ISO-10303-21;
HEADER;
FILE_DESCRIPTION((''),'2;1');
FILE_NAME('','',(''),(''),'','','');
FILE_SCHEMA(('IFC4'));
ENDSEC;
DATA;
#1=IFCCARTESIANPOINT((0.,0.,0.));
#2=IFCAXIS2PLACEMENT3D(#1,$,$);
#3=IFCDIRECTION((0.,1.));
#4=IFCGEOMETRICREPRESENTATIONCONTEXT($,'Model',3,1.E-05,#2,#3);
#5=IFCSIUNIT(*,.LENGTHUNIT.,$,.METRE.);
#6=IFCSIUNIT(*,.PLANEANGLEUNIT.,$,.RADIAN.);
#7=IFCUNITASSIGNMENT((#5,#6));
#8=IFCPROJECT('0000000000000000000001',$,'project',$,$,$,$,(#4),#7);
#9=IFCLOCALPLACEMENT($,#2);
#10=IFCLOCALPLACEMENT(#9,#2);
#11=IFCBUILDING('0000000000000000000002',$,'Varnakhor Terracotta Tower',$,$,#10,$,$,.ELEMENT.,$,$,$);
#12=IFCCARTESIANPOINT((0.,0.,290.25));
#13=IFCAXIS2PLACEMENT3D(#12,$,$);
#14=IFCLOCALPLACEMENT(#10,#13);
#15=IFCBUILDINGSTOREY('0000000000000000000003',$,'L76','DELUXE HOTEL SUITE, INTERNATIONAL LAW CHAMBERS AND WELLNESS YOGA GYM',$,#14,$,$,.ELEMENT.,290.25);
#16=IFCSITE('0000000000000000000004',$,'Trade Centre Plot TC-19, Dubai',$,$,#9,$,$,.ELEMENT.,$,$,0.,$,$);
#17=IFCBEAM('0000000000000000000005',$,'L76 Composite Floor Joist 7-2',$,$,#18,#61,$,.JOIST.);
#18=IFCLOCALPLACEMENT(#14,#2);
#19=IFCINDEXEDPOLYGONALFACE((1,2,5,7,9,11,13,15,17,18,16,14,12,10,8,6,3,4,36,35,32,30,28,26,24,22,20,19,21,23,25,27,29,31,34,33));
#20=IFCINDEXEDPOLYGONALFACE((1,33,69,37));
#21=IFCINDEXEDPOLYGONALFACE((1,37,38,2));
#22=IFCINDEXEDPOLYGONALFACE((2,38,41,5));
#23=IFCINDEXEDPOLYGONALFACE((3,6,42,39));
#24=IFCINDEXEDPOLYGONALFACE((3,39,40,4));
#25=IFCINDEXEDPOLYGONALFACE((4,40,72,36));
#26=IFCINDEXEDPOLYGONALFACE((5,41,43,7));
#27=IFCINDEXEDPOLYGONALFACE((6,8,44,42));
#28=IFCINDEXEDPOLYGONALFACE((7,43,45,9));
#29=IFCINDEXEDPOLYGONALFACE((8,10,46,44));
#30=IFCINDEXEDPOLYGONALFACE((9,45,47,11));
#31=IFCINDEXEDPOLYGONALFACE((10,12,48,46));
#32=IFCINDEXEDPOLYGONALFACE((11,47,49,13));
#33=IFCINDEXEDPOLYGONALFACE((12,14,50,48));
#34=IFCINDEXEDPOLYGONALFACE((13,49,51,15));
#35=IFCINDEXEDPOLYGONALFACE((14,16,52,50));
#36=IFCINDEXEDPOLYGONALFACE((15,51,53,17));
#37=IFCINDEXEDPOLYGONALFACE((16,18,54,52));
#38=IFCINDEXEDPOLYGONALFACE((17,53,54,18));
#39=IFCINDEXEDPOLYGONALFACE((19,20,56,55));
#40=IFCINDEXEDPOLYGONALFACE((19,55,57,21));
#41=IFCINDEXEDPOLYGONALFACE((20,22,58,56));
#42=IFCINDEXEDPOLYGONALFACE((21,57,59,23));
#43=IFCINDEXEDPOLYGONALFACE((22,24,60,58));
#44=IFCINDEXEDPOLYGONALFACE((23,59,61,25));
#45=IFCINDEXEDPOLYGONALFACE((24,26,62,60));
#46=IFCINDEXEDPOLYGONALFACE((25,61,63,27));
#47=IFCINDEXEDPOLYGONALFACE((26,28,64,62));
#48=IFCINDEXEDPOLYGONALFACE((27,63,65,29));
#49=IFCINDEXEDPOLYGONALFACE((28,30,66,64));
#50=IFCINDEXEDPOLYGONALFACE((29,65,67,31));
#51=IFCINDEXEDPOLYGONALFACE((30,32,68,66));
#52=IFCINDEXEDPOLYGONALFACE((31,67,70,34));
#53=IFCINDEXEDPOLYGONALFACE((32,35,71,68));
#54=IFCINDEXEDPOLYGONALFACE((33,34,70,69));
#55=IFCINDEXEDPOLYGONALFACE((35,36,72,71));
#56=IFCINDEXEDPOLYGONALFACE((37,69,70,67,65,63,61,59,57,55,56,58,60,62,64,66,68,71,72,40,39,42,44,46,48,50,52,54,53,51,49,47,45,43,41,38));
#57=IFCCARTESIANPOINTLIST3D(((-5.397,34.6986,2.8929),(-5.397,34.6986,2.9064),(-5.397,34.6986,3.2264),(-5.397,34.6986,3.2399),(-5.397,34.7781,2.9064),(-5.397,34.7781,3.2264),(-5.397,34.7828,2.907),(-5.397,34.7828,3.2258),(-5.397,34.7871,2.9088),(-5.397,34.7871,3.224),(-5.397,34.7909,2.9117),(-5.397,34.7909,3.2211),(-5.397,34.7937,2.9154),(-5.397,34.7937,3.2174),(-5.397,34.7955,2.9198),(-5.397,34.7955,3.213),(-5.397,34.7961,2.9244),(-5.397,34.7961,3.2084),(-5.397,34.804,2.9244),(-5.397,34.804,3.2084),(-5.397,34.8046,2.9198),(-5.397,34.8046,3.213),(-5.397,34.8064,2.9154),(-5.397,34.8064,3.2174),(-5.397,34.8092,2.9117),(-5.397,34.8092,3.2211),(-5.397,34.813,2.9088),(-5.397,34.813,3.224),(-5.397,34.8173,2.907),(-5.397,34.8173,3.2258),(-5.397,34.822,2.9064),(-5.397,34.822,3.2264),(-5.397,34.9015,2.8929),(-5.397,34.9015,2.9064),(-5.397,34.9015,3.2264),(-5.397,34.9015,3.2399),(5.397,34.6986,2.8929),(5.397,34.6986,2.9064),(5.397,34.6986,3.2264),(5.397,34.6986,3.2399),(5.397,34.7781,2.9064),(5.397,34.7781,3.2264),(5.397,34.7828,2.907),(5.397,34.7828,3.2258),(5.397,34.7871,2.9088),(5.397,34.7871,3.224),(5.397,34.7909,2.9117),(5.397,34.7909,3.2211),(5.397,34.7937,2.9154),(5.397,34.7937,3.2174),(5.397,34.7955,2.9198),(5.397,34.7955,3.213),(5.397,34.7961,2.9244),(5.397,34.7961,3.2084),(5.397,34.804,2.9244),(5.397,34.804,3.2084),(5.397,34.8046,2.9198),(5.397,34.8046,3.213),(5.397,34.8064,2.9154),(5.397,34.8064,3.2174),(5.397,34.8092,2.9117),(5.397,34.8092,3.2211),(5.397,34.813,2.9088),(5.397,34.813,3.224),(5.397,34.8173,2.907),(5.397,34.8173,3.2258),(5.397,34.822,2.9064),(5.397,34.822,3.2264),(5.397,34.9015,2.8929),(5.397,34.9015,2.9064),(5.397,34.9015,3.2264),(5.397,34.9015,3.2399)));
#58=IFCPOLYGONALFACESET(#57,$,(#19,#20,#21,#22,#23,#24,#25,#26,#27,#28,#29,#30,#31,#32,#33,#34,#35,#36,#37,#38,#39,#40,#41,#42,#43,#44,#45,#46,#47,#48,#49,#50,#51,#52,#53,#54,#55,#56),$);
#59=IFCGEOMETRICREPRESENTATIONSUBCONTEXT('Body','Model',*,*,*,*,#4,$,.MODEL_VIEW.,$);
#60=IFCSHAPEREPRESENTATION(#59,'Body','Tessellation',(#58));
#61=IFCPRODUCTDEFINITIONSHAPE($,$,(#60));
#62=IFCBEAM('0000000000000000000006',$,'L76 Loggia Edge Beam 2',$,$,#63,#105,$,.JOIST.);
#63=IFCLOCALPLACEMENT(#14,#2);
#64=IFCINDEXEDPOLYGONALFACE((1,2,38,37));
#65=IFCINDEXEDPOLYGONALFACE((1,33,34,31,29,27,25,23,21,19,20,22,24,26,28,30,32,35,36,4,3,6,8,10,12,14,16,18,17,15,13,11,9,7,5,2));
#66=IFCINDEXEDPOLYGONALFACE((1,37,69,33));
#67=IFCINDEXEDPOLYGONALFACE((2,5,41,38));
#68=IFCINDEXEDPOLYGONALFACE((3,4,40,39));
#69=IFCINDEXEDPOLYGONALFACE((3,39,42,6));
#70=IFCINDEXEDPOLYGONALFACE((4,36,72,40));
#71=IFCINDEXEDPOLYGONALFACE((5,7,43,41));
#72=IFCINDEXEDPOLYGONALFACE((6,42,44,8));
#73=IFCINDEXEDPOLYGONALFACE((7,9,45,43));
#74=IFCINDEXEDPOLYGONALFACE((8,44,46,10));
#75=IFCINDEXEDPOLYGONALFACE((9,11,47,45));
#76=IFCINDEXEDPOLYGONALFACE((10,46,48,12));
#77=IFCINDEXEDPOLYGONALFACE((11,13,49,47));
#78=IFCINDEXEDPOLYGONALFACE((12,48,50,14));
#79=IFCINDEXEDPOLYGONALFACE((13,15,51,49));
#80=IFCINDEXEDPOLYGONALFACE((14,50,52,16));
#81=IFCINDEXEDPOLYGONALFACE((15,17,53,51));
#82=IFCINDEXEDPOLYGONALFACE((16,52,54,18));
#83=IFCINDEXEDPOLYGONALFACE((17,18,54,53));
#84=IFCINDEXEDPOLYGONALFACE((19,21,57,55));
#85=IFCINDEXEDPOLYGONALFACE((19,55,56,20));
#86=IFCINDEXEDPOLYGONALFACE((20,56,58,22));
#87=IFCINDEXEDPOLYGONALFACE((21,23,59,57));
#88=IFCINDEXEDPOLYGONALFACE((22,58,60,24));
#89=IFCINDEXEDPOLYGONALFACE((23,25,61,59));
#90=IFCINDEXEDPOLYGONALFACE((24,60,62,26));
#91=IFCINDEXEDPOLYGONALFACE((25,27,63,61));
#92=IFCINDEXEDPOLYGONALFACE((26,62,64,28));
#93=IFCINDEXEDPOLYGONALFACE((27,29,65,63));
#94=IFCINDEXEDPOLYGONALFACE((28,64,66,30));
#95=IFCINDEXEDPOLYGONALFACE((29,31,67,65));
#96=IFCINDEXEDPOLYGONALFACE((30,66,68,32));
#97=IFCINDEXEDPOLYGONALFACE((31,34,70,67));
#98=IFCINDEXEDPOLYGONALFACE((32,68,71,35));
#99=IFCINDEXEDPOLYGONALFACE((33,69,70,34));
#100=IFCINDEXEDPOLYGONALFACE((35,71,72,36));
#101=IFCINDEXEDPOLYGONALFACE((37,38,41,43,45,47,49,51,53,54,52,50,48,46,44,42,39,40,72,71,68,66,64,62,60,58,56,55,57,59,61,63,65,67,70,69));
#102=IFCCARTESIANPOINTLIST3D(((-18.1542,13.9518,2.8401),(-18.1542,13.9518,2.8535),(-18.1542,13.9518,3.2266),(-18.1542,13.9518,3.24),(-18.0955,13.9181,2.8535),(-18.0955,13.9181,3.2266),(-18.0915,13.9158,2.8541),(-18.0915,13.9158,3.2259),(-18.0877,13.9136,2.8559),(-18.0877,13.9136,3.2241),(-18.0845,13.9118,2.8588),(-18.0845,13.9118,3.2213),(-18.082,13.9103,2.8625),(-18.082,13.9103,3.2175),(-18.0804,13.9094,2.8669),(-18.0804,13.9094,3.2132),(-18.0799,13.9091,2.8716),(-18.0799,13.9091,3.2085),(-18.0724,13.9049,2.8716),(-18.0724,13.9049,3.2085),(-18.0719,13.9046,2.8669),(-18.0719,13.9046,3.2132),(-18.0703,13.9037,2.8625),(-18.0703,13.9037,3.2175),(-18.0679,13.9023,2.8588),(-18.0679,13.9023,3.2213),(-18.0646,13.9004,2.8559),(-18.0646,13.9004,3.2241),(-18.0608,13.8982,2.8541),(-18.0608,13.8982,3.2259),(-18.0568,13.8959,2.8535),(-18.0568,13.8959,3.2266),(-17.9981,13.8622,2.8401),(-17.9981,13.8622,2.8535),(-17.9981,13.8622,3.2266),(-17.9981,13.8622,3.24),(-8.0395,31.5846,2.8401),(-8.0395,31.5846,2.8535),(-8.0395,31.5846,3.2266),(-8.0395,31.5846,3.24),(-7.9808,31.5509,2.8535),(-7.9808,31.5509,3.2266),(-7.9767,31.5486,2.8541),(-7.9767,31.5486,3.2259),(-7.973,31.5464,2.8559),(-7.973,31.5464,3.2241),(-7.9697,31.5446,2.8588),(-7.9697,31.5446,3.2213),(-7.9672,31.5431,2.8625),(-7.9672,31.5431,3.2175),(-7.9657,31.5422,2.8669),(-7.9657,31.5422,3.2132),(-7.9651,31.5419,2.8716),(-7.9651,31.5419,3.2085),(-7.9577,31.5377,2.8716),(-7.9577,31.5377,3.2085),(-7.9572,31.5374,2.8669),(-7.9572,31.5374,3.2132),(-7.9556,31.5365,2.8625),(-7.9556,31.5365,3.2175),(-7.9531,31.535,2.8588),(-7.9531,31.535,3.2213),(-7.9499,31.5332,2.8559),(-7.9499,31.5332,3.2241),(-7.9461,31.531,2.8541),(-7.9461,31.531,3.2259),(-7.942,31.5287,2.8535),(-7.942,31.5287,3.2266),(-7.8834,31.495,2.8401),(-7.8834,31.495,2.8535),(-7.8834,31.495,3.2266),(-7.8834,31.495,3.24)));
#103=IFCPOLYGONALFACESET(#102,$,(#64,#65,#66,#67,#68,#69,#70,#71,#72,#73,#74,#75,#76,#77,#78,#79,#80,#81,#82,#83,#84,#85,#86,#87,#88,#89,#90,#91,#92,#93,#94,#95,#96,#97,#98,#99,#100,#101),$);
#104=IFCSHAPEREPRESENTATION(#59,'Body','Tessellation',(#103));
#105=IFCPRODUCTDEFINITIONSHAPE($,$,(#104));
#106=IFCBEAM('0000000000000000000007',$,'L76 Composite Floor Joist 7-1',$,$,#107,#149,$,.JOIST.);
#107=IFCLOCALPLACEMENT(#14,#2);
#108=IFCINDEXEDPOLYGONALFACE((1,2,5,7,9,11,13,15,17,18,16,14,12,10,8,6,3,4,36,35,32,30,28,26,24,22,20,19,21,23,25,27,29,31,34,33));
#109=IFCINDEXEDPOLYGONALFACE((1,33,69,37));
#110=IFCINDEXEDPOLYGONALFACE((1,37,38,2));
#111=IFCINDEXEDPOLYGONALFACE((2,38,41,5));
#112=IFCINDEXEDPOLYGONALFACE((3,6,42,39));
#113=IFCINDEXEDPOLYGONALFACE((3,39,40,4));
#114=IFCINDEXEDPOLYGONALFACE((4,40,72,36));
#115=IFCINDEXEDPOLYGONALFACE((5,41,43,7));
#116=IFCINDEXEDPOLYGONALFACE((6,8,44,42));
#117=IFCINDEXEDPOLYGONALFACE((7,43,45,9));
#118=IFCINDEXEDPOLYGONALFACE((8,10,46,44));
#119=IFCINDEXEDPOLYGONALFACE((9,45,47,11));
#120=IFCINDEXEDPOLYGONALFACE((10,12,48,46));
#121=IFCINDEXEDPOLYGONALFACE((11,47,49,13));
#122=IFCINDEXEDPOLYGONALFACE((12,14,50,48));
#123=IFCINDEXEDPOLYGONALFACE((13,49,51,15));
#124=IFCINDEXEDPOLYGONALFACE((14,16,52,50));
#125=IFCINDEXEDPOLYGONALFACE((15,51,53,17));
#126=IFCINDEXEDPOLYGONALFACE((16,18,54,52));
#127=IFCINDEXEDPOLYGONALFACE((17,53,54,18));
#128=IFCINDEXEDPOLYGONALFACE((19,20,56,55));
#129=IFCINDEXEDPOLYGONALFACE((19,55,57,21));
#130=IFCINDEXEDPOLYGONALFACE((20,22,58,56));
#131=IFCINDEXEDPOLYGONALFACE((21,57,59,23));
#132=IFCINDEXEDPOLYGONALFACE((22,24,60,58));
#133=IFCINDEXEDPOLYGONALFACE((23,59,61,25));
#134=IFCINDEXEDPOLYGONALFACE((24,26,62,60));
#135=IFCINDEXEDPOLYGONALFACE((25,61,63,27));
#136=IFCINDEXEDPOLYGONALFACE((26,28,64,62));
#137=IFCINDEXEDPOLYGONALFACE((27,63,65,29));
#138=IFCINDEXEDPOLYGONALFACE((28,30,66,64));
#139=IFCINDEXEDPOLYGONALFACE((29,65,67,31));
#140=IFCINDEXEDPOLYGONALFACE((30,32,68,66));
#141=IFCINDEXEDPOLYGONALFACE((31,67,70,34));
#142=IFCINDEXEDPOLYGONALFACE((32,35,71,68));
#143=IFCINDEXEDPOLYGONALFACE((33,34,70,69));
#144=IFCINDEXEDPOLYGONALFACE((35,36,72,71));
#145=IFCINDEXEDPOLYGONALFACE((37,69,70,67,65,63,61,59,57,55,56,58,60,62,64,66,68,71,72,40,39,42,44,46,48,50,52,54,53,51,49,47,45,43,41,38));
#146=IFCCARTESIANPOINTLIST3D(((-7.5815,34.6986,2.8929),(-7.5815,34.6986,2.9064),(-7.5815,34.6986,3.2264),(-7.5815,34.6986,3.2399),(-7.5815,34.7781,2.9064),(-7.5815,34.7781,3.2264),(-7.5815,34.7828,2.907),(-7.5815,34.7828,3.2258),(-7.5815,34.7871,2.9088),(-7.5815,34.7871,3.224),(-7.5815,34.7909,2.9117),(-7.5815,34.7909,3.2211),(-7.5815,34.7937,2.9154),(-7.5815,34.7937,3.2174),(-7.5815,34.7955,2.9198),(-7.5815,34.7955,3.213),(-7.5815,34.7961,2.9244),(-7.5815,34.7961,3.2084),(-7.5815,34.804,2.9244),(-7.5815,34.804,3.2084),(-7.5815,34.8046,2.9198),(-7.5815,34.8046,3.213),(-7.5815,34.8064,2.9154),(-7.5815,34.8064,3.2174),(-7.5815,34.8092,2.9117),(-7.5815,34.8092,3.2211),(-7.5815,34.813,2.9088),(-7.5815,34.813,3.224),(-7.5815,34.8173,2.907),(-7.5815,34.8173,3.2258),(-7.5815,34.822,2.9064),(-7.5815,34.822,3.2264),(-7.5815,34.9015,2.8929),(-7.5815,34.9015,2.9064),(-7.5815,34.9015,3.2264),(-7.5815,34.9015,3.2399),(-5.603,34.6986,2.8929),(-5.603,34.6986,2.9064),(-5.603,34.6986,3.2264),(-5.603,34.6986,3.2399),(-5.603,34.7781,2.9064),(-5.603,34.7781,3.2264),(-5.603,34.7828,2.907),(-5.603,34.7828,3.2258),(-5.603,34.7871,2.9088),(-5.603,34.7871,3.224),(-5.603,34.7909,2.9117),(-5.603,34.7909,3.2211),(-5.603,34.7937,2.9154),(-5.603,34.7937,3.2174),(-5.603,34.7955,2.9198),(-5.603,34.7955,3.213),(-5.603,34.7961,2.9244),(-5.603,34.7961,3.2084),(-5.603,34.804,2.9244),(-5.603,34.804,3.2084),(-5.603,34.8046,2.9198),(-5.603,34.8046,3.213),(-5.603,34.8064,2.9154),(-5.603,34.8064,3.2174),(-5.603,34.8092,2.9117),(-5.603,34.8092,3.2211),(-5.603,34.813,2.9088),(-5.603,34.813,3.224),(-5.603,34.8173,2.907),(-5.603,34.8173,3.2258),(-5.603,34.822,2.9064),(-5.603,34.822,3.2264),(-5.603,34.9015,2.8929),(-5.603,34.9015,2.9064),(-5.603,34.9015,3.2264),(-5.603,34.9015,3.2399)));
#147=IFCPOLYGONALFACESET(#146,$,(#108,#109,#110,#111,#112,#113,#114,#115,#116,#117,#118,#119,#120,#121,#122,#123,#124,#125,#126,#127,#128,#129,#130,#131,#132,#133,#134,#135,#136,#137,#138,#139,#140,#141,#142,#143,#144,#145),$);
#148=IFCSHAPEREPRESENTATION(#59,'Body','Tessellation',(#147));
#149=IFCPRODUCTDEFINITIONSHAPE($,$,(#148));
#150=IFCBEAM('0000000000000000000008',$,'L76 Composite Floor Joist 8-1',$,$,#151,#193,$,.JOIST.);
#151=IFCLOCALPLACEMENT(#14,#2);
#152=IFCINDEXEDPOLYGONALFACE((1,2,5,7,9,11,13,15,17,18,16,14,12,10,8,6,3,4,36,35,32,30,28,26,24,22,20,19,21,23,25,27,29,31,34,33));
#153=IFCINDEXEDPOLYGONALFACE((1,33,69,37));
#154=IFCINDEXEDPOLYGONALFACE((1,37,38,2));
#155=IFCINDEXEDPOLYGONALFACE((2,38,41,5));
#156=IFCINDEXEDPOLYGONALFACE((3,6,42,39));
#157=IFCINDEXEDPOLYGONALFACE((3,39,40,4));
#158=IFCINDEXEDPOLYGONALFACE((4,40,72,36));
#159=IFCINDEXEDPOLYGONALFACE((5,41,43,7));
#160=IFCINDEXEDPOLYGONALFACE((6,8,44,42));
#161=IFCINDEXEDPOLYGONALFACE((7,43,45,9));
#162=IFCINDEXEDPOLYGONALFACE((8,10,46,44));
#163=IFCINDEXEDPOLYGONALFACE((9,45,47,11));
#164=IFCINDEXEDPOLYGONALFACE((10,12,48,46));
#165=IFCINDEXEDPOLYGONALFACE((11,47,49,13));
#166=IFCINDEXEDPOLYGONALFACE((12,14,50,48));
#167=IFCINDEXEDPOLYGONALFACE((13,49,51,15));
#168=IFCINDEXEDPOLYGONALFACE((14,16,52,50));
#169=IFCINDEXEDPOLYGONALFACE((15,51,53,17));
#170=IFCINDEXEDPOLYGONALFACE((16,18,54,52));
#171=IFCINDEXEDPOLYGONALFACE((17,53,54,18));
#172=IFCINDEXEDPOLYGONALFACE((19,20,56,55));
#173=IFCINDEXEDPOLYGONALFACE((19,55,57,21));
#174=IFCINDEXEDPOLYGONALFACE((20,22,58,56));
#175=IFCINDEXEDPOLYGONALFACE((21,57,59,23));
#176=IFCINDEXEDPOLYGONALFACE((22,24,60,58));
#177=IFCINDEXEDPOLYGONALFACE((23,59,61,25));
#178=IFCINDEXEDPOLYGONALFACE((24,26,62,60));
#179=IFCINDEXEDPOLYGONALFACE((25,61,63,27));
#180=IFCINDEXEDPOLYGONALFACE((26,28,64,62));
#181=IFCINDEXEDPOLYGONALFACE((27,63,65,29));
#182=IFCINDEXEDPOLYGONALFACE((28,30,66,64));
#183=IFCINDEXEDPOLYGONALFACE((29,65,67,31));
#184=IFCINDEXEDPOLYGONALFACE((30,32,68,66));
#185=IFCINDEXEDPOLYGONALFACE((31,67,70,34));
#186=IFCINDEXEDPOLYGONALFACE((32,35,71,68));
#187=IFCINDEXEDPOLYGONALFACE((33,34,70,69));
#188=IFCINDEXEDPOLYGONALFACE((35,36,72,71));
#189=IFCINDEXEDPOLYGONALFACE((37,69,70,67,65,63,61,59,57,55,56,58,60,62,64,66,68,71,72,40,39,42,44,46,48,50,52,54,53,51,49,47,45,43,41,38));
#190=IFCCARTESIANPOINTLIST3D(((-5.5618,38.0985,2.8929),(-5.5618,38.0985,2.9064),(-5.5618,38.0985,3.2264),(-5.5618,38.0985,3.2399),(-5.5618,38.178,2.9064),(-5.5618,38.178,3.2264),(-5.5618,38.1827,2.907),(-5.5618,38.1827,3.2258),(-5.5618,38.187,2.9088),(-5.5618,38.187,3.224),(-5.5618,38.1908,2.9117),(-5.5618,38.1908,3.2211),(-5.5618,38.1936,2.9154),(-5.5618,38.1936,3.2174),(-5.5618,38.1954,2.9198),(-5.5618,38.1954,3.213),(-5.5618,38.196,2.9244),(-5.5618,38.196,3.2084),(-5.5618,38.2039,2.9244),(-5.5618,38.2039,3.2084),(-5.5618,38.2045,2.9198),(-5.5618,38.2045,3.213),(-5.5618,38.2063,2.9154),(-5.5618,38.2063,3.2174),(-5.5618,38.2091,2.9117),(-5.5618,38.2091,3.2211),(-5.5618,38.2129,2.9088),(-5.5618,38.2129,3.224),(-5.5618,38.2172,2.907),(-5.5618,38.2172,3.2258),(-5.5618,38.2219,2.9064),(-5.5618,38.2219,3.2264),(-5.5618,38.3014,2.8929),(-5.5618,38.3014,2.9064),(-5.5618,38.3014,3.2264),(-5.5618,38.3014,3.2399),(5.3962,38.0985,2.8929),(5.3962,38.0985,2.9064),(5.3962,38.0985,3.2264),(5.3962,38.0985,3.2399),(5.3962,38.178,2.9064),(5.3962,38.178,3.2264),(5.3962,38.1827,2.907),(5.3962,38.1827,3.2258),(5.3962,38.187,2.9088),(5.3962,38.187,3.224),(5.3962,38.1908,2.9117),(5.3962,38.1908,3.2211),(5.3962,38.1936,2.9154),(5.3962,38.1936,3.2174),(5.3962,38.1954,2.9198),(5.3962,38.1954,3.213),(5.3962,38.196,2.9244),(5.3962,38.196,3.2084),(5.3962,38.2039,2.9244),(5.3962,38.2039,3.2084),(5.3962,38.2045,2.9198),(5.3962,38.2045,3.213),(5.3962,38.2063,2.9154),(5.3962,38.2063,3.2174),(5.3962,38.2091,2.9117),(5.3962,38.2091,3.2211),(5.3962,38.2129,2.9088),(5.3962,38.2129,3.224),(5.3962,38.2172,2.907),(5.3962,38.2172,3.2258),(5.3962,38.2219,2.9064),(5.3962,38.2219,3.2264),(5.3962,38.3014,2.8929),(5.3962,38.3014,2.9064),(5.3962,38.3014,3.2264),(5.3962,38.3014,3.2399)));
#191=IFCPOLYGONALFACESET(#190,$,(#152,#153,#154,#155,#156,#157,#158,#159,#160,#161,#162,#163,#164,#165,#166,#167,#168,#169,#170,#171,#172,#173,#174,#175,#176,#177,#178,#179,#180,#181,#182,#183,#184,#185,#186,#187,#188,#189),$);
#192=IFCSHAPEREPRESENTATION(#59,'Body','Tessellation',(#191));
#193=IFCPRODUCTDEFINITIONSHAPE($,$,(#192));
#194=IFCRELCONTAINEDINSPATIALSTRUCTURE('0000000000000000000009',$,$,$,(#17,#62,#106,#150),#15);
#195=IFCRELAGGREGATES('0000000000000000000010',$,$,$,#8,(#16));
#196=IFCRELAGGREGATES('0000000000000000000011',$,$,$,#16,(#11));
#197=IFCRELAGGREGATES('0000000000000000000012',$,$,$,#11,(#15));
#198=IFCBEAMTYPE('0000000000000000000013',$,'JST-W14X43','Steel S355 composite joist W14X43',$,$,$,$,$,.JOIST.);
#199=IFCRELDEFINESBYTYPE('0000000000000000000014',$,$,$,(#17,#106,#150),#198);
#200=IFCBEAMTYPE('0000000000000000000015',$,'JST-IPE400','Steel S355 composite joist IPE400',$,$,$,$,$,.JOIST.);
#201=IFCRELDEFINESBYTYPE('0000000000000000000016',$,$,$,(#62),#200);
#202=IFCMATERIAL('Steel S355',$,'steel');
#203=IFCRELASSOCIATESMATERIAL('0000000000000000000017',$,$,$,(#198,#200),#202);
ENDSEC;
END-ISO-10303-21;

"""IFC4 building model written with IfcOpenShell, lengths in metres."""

from ifc_helpers import new_model, si_unit, direction, frame, origin, origin_2d, place, context, subcontext, project, spatial, i_section, extrude, source, transform, mapped, material, material_profile, profile_set, type_object, element, save


model = new_model("IFC4")

# Units and contexts
model_context = context("Model", 3, precision=1e-05, world=origin(), true_north=direction((0.0, 1.0)))
body_context = subcontext(model_context, "Body", "Model", "MODEL_VIEW")
ifc_project = project(units=[si_unit("LENGTHUNIT", "METRE"), si_unit("PLANEANGLEUNIT", "RADIAN")], contexts=[model_context])

# Site, building, storey
site_placement = place(None, origin())
site = spatial("IfcSite", under=ifc_project, at=site_placement, Name="Trade Centre Plot TC-19, Dubai", CompositionType="ELEMENT", RefElevation=0.0)
building_placement = place(site_placement, origin())
building = spatial("IfcBuilding", under=site, at=building_placement, Name="Varnakhor Terracotta Tower", CompositionType="ELEMENT")
storey_placement = place(building_placement, frame((0.0, 0.0, 290.25)))
storey = spatial("IfcBuildingStorey", under=building, at=storey_placement, Name="L76", Description="DELUXE HOTEL SUITE, INTERNATIONAL LAW CHAMBERS AND WELLNESS YOGA GYM", CompositionType="ELEMENT", Elevation=290.25)

# Beams
ifc_material_1 = material(Name="Steel S355", Category="steel")
ifc_material_profile_1 = material_profile(ifc_material_1, i_section(OverallWidth=0.2029, OverallDepth=0.3469, WebThickness=0.0078, FlangeThickness=0.0134, FilletRadius=0.0181, at=origin_2d()), Name="W14X43")
ifc_profile_set_1 = profile_set([ifc_material_profile_1], Name="Steel S355")
beam_type_1 = type_object("IfcBeamType", Name="JST-W14X43", Description="Steel S355 composite joist W14X43", PredefinedType="JOIST", material=ifc_profile_set_1)
shared_shape_1 = source(origin(), body_context, "Body", "SweptSolid", [
    extrude(i_section(OverallWidth=0.2029, OverallDepth=0.3469, WebThickness=0.0078, FlangeThickness=0.0134, FilletRadius=0.0181, at=origin_2d()), origin(), (0.0, 0.0, 1.0), 10.7939),
])
beam_1_placement = place(storey_placement, frame((-5.397, 34.8, 3.0664), z_axis=(1.0, 0.0, 0.0), x_axis=(0.0, 1.0, 0.0)))
element("IfcBeam", 1, at=beam_1_placement, inside=storey, type_object=beam_type_1, Name="L76 Composite Floor Joist 7-2", PredefinedType="JOIST", context=body_context, shape_type="MappedRepresentation", body=[
    mapped(shared_shape_1, transform((0.0, 0.0, 0.0), scale=1.0)),
])
ifc_material_profile_2 = material_profile(ifc_material_1, i_section(OverallWidth=0.1799, OverallDepth=0.3999, WebThickness=0.0085, FlangeThickness=0.0134, FilletRadius=0.0181, at=origin_2d()), Name="IPE400")
ifc_profile_set_2 = profile_set([ifc_material_profile_2], Name="Steel S355")
beam_type_2 = type_object("IfcBeamType", Name="JST-IPE400", Description="Steel S355 composite joist IPE400", PredefinedType="JOIST", material=ifc_profile_set_2)
shared_shape_2 = source(origin(), body_context, "Body", "SweptSolid", [
    extrude(i_section(OverallWidth=0.1799, OverallDepth=0.3999, WebThickness=0.0085, FlangeThickness=0.0134, FilletRadius=0.0181, at=origin_2d()), origin(), (0.0, 0.0, 1.0), 20.3279),
])
beam_2_placement = place(storey_placement, frame((-7.9614, 31.5398, 3.04), z_axis=(-0.497579, -0.867419, 0.0), x_axis=(0.867419, -0.497579, 0.0)))
element("IfcBeam", 2, at=beam_2_placement, inside=storey, type_object=beam_type_2, Name="L76 Loggia Edge Beam 2", PredefinedType="JOIST", context=body_context, shape_type="MappedRepresentation", body=[
    mapped(shared_shape_2, transform((0.0, 0.0, 0.0), scale=1.0)),
])
shared_shape_3 = source(origin(), body_context, "Body", "SweptSolid", [
    extrude(i_section(OverallWidth=0.2029, OverallDepth=0.3469, WebThickness=0.0078, FlangeThickness=0.0134, FilletRadius=0.0181, at=origin_2d()), origin(), (0.0, 0.0, 1.0), 1.9785),
])
beam_3_placement = place(storey_placement, frame((-7.5815, 34.8, 3.0664), z_axis=(1.0, 0.0, 0.0), x_axis=(0.0, 1.0, 0.0)))
element("IfcBeam", 3, at=beam_3_placement, inside=storey, type_object=beam_type_1, Name="L76 Composite Floor Joist 7-1", PredefinedType="JOIST", context=body_context, shape_type="MappedRepresentation", body=[
    mapped(shared_shape_3, transform((0.0, 0.0, 0.0), scale=1.0)),
])
shared_shape_4 = source(origin(), body_context, "Body", "SweptSolid", [
    extrude(i_section(OverallWidth=0.2029, OverallDepth=0.3469, WebThickness=0.0078, FlangeThickness=0.0134, FilletRadius=0.0181, at=origin_2d()), origin(), (0.0, 0.0, 1.0), 10.958),
])
beam_4_placement = place(storey_placement, frame((-5.5618, 38.2, 3.0664), z_axis=(1.0, 0.0, 0.0), x_axis=(0.0, 1.0, 0.0)))
element("IfcBeam", 4, at=beam_4_placement, inside=storey, type_object=beam_type_1, Name="L76 Composite Floor Joist 8-1", PredefinedType="JOIST", context=body_context, shape_type="MappedRepresentation", body=[
    mapped(shared_shape_4, transform((0.0, 0.0, 0.0), scale=1.0)),
])

save(model, "model.ifc")
